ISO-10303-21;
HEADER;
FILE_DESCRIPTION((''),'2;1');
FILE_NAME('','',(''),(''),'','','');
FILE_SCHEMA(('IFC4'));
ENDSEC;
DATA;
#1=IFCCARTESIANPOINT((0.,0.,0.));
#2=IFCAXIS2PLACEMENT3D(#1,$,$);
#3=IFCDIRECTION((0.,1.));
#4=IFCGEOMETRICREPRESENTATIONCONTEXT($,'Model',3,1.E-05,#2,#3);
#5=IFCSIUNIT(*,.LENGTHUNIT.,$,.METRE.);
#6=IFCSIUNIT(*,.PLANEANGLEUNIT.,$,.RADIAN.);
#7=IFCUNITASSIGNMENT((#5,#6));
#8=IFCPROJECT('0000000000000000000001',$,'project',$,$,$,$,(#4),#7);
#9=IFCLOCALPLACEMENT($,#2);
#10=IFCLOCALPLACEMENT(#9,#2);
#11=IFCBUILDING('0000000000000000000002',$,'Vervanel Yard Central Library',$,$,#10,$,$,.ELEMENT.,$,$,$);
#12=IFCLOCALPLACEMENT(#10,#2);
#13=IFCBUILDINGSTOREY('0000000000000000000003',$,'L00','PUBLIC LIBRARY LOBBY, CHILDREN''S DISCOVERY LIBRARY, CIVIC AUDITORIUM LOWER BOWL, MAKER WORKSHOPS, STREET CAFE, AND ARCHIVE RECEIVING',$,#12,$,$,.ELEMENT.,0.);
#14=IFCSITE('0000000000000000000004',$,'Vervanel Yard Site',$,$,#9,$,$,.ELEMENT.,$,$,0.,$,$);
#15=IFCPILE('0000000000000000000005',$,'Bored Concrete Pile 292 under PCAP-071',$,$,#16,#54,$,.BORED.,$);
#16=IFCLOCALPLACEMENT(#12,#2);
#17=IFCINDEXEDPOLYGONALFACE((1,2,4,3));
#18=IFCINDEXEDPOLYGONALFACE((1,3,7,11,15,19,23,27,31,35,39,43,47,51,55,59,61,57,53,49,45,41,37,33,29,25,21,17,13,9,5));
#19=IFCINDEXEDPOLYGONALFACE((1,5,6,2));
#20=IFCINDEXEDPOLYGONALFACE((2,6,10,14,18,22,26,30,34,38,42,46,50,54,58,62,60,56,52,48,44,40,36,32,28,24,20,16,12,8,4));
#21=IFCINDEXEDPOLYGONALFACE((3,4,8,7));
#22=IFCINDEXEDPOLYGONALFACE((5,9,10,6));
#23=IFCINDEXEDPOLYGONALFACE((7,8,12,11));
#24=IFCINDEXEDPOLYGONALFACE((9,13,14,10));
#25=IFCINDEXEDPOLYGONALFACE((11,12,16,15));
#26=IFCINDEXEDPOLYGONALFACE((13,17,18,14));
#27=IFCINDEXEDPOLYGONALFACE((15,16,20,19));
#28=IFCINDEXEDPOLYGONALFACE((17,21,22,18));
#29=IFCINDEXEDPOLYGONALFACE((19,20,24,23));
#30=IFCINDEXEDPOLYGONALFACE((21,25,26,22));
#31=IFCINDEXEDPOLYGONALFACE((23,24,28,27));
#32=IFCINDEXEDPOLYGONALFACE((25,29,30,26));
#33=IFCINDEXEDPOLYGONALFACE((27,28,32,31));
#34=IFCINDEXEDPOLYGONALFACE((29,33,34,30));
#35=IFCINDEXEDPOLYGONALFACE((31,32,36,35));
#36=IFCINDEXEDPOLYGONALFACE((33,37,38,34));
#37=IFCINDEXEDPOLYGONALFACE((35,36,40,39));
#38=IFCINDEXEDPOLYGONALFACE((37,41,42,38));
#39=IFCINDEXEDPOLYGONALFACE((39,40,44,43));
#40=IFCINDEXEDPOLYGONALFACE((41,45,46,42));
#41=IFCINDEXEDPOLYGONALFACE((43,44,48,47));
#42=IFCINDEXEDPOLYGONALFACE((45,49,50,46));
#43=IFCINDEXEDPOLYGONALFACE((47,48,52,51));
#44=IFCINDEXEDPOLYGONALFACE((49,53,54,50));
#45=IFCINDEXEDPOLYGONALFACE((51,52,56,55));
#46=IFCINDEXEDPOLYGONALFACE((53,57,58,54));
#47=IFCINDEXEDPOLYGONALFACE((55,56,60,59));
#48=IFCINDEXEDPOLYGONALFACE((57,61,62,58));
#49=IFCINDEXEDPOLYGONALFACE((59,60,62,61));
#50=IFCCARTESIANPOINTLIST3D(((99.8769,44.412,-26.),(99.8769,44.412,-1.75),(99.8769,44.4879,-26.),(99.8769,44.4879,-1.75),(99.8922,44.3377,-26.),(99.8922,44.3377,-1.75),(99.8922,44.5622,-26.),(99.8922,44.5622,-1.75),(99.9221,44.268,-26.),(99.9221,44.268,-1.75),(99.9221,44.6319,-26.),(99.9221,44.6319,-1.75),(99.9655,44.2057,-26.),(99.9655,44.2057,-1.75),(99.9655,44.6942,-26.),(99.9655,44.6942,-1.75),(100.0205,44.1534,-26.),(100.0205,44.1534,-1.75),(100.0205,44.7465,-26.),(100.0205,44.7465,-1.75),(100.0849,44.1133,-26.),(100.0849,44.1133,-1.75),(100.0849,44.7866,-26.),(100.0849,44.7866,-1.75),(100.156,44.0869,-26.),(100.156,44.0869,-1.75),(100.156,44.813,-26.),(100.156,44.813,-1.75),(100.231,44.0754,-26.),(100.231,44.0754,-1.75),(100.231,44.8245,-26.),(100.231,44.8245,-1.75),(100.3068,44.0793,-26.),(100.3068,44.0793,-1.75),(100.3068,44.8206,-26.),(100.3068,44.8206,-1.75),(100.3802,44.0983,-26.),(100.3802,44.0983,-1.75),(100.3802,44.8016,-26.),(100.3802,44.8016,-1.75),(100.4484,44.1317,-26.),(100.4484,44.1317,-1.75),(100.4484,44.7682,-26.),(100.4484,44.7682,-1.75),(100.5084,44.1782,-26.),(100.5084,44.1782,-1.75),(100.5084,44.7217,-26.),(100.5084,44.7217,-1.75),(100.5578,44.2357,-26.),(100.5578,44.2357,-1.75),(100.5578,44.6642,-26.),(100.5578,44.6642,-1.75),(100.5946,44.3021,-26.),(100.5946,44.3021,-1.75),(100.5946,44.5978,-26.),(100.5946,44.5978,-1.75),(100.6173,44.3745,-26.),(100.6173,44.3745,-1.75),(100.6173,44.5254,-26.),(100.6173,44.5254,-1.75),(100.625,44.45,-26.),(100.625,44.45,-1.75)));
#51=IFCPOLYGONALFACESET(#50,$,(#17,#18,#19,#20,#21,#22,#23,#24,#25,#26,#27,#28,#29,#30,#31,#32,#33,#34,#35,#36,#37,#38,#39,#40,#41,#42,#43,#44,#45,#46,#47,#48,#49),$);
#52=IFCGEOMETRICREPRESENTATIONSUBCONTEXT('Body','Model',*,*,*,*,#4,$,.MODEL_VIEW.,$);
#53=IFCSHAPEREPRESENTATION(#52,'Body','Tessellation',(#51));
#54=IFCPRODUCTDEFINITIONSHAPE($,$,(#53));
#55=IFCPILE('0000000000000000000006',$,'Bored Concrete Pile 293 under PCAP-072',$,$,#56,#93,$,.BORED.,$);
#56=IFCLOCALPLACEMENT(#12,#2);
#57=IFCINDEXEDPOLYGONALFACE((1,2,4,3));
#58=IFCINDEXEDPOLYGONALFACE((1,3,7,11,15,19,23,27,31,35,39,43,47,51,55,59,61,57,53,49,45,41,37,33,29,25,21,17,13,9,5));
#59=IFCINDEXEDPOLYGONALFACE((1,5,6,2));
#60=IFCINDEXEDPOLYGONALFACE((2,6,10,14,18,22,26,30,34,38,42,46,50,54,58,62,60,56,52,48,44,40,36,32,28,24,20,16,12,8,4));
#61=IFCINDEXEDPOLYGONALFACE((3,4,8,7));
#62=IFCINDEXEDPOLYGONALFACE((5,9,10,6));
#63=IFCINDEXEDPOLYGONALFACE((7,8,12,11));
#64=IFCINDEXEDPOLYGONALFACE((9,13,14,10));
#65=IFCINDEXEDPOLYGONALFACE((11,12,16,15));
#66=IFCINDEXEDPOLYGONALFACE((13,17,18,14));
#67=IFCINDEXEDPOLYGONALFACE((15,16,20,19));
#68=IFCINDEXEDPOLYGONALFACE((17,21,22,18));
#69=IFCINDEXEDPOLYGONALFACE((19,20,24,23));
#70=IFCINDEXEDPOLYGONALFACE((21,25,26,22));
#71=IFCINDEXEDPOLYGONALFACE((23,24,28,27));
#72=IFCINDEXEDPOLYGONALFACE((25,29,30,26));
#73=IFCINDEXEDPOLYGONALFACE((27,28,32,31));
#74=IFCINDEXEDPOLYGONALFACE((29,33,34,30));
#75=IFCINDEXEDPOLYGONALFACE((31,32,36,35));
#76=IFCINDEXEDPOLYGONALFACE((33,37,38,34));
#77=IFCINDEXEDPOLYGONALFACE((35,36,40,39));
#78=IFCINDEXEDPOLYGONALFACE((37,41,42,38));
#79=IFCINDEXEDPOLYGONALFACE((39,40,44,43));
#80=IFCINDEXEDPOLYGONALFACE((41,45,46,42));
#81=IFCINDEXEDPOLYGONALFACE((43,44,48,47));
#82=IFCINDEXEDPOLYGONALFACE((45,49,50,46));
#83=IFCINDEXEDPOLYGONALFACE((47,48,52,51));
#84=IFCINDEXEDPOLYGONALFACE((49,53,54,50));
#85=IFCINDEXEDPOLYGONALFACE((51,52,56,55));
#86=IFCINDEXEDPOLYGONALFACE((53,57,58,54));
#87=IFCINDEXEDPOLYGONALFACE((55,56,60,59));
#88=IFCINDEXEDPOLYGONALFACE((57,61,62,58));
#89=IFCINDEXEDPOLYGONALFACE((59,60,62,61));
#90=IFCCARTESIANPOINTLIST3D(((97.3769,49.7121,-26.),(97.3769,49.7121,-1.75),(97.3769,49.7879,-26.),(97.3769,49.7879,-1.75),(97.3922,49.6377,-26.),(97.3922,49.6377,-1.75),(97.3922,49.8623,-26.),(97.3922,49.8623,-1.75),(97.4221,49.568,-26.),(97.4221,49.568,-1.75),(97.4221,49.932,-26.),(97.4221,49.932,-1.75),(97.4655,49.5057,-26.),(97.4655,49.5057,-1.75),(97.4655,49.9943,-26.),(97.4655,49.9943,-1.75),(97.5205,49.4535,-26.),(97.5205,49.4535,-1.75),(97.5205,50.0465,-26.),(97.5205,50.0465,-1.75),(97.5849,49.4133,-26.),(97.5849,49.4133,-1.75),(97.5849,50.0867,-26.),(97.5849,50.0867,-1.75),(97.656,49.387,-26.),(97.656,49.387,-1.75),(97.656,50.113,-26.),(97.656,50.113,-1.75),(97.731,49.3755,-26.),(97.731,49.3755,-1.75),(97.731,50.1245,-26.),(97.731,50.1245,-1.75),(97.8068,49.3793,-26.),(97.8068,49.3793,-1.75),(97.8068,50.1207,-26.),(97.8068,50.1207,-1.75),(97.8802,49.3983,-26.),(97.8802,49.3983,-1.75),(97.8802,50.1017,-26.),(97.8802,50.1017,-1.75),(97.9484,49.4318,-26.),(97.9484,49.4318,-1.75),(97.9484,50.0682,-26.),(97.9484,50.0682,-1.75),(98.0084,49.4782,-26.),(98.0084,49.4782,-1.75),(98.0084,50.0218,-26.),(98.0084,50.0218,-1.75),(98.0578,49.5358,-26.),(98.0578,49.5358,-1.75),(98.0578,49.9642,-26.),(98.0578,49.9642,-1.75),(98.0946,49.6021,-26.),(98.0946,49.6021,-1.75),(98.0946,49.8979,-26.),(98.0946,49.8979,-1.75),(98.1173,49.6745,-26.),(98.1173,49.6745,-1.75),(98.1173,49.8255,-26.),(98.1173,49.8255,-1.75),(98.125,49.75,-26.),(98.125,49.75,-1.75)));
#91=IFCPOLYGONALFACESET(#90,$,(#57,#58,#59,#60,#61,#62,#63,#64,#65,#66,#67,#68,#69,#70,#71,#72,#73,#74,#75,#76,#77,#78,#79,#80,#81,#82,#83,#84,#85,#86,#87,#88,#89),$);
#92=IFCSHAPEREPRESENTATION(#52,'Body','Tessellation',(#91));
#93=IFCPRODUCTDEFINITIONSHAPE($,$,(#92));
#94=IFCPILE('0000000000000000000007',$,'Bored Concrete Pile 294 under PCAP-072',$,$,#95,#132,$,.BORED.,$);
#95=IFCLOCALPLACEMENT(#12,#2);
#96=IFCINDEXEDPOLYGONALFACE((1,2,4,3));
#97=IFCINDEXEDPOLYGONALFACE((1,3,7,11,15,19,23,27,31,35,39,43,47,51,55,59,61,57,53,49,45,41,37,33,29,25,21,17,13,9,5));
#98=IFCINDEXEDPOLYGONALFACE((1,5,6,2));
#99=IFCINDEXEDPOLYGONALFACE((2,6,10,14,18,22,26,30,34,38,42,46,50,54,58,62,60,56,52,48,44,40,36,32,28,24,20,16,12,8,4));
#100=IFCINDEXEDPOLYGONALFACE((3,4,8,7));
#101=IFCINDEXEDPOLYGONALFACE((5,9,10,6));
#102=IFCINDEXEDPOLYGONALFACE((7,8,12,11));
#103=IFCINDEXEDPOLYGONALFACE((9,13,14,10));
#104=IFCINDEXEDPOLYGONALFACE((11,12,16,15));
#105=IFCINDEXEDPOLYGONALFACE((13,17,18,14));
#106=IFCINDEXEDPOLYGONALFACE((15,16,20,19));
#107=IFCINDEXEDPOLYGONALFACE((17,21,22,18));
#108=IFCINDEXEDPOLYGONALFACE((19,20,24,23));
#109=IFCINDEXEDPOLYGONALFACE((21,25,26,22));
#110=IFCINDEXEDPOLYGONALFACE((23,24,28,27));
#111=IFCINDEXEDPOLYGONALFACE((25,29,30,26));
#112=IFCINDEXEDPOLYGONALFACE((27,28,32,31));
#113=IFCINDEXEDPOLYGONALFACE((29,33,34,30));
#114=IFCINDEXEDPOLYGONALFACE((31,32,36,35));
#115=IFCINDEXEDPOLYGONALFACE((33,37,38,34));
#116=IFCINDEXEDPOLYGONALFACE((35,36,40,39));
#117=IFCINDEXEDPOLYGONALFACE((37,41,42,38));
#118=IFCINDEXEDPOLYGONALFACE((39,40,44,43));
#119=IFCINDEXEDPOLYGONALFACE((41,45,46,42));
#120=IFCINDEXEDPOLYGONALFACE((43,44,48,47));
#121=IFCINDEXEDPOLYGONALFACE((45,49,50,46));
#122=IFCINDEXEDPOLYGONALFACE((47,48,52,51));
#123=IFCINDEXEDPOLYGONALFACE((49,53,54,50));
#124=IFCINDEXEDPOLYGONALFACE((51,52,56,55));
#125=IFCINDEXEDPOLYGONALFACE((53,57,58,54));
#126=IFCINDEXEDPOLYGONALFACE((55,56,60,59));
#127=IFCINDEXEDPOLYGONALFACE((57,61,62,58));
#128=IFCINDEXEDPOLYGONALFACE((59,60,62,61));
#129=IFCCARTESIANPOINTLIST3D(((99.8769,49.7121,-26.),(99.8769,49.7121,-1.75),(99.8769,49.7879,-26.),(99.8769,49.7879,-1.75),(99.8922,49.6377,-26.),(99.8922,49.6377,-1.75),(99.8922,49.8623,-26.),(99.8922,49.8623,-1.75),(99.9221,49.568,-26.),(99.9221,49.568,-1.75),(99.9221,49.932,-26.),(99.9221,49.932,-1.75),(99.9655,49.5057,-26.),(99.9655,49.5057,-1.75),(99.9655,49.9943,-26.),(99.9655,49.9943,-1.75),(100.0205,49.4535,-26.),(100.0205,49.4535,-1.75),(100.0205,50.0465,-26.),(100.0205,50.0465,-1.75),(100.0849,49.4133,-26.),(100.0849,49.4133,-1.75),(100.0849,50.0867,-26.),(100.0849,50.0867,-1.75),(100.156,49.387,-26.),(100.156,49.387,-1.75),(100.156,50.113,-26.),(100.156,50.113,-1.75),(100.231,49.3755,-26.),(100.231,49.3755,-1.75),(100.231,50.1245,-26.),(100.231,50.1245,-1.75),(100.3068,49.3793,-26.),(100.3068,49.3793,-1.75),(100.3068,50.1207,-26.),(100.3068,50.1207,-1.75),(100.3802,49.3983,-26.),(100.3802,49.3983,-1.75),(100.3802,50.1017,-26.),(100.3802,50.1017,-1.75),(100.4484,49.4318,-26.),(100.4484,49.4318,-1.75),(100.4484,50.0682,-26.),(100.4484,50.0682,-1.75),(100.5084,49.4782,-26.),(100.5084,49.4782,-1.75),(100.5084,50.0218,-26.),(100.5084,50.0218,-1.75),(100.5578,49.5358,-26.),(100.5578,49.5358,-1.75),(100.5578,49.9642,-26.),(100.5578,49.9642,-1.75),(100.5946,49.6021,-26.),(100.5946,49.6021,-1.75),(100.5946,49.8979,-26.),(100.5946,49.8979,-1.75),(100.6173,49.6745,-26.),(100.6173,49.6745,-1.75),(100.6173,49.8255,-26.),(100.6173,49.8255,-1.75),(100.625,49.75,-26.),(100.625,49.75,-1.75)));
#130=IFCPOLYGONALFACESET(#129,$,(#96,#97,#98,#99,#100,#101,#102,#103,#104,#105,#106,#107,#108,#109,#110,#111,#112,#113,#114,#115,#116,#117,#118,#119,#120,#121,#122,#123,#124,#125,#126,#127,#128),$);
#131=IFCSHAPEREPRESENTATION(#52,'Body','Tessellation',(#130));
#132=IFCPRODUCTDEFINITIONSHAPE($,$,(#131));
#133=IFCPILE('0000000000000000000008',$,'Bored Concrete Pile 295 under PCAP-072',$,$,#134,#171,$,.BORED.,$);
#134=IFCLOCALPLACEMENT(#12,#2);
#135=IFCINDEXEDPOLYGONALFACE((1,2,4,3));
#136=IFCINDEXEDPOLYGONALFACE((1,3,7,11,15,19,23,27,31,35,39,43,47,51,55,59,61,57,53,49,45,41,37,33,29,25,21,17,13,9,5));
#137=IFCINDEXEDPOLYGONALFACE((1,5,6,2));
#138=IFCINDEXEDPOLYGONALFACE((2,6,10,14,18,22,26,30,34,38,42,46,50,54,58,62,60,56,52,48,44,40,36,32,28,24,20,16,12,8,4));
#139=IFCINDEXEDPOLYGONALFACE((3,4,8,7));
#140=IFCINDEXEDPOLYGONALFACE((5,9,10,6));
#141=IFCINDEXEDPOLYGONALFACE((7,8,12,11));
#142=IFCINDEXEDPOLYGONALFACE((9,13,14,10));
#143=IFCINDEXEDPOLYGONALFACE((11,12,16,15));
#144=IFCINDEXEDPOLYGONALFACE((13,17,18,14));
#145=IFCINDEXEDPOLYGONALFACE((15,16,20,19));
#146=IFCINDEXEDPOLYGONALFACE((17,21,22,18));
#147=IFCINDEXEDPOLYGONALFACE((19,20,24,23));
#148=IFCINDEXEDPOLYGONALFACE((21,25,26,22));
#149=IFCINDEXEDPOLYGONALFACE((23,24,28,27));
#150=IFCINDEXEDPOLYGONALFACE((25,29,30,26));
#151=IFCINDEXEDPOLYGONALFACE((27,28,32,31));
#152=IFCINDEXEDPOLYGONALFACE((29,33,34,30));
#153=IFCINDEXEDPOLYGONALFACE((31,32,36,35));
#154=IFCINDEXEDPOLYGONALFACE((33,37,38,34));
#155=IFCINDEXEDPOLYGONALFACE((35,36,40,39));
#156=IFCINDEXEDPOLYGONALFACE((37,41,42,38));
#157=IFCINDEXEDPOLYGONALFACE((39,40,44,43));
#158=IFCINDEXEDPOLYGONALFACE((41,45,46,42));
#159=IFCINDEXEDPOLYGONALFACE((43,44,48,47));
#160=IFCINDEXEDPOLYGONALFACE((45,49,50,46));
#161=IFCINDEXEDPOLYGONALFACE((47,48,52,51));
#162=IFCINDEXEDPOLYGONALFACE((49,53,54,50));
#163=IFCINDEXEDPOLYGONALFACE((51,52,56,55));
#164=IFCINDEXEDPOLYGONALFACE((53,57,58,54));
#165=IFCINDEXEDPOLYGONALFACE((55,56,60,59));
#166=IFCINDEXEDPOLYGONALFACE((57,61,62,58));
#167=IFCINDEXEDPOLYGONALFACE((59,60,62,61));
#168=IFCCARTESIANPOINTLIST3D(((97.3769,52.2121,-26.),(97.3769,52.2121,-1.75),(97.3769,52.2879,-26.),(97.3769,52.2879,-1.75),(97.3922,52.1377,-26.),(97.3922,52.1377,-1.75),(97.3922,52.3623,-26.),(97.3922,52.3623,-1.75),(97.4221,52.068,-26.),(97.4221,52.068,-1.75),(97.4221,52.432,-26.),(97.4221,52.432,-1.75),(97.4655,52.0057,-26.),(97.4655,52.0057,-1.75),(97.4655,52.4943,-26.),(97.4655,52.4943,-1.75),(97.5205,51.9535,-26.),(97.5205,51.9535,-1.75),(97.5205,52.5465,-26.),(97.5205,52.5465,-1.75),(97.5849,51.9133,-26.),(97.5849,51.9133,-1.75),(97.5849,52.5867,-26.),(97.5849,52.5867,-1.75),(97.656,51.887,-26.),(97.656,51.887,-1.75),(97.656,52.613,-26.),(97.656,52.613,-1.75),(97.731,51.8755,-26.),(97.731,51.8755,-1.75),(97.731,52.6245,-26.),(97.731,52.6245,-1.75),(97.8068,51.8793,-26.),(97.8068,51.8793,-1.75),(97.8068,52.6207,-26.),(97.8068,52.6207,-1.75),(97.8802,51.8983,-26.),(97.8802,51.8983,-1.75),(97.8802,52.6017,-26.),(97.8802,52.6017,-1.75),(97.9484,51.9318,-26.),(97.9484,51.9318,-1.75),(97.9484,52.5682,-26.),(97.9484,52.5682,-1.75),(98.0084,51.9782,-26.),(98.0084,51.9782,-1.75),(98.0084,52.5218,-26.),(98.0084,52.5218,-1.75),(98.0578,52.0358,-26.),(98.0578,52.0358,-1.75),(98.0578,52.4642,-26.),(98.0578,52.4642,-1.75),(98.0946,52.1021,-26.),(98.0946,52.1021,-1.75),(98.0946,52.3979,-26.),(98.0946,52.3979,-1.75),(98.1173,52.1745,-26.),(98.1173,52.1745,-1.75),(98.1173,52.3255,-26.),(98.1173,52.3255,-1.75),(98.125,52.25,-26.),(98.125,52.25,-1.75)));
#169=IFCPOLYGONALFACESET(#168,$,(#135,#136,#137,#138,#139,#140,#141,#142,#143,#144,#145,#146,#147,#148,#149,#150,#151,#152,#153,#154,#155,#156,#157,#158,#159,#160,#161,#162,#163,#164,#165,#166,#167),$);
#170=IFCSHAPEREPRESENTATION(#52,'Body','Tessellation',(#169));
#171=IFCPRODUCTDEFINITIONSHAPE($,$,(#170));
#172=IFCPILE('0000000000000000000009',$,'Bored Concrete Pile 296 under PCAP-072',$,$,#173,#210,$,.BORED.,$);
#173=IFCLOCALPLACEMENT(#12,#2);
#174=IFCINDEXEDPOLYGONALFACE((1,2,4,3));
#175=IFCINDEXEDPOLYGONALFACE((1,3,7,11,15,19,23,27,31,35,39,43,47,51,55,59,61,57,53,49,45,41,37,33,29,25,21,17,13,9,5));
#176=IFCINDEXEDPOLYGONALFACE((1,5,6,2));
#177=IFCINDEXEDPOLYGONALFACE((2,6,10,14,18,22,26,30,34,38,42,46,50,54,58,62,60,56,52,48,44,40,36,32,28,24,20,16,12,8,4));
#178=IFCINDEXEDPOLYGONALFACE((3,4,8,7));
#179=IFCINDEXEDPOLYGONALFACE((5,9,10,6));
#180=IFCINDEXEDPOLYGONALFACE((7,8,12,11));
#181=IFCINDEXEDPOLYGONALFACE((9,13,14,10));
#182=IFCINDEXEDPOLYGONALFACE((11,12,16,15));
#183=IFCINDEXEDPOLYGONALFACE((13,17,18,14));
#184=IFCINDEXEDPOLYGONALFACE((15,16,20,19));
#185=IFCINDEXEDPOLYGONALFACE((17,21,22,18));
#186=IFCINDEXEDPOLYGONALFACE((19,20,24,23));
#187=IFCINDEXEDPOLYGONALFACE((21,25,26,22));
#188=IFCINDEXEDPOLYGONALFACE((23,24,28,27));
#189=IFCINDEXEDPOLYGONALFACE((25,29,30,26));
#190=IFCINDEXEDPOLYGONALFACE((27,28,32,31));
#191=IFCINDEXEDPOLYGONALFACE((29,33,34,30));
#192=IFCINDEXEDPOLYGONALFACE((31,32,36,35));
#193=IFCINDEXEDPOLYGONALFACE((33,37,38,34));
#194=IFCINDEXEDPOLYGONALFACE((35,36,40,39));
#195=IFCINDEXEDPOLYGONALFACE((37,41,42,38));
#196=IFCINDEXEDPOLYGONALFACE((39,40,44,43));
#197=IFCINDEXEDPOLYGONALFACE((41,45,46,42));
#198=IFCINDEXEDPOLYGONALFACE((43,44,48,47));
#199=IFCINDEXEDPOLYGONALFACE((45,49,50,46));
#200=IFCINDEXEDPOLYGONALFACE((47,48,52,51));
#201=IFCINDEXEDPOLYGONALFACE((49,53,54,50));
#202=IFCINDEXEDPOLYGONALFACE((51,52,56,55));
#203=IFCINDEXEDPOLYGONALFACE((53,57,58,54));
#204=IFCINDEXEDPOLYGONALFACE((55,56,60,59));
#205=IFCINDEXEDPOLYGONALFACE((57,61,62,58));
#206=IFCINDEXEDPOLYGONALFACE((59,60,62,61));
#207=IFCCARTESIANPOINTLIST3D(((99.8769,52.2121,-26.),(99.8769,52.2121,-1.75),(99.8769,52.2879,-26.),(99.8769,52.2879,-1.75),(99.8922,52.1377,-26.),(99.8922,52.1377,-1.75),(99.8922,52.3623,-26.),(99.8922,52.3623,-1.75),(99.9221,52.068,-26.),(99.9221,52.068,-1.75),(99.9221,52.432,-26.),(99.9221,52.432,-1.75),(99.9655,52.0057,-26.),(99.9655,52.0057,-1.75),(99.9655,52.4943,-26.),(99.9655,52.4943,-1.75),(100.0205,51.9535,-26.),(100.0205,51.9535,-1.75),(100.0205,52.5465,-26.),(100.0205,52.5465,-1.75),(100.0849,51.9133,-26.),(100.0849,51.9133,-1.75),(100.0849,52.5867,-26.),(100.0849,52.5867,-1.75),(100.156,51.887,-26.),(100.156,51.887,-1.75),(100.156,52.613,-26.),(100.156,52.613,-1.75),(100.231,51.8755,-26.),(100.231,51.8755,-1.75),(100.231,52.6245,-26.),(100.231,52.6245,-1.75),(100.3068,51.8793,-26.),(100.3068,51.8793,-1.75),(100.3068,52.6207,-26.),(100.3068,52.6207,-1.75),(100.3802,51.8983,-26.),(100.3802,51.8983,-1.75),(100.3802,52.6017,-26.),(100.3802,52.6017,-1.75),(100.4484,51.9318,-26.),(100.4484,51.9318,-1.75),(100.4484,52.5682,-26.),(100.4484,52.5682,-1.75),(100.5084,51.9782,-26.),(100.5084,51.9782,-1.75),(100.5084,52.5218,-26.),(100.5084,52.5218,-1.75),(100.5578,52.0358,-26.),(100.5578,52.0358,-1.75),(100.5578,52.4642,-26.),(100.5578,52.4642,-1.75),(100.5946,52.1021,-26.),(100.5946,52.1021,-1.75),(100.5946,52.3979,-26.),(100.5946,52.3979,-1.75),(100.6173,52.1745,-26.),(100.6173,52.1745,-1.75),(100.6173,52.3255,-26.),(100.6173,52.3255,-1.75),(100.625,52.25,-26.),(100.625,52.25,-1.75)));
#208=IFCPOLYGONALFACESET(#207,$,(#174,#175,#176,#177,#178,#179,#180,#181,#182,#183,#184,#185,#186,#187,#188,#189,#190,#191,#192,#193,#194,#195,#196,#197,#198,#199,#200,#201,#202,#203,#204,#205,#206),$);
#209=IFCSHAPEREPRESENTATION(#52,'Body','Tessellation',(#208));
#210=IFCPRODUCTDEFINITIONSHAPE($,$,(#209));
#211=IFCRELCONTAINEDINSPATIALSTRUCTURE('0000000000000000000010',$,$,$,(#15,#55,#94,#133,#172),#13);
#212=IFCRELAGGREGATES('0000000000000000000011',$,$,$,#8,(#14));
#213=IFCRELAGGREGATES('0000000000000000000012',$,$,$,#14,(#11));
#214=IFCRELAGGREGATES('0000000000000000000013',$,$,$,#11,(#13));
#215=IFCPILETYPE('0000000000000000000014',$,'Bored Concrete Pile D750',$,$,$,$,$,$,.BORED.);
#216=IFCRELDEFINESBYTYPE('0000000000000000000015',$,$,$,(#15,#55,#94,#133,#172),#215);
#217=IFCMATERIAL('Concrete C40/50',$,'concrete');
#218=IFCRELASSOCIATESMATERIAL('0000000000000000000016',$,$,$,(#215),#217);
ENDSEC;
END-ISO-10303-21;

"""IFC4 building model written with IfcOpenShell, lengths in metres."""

from ifc_helpers import new_model, si_unit, direction, frame, origin, origin_2d, place, context, subcontext, project, spatial, circle, extrude, material, material_profile, profile_set, type_object, element, save


model = new_model("IFC4")

# Units and contexts
model_context = context("Model", 3, precision=1e-05, world=origin(), true_north=direction((0.0, 1.0)))
body_context = subcontext(model_context, "Body", "Model", "MODEL_VIEW")
ifc_project = project(units=[si_unit("LENGTHUNIT", "METRE"), si_unit("PLANEANGLEUNIT", "RADIAN")], contexts=[model_context])

# Site, building, storey
site_placement = place(None, origin())
site = spatial("IfcSite", under=ifc_project, at=site_placement, Name="Vervanel Yard Site", CompositionType="ELEMENT", RefElevation=0.0)
building_placement = place(site_placement, origin())
building = spatial("IfcBuilding", under=site, at=building_placement, Name="Vervanel Yard Central Library", CompositionType="ELEMENT")
storey_placement = place(building_placement, origin())
storey = spatial("IfcBuildingStorey", under=building, at=storey_placement, Name="L00", Description="PUBLIC LIBRARY LOBBY, CHILDREN'S DISCOVERY LIBRARY, CIVIC AUDITORIUM LOWER BOWL, MAKER WORKSHOPS, STREET CAFE, AND ARCHIVE RECEIVING", CompositionType="ELEMENT", Elevation=0.0)

# Piles
ifc_material_1 = material(Name="Concrete C40/50", Category="concrete")
ifc_material_profile_1 = material_profile(ifc_material_1, circle(Radius=0.375, at=origin_2d()), Name="BP D750", Category="concrete")
ifc_profile_set_1 = profile_set([ifc_material_profile_1], Name="Concrete C40/50")
pile_type_1 = type_object("IfcPileType", Name="Bored Concrete Pile D750", PredefinedType="BORED", material=ifc_profile_set_1)
for number, where, z_axis, x_axis, name in (
    (1, (100.25, 44.45, -1.75), (0.0, 0.0, -1.0), (1.0, 0.0, 0.0), "Bored Concrete Pile 292 under PCAP-071"),
    (2, (97.75, 49.75, -1.75), (0.0, 0.0, -1.0), (1.0, 0.0, 0.0), "Bored Concrete Pile 293 under PCAP-072"),
    (3, (100.25, 49.75, -1.75), (0.0, 0.0, -1.0), (1.0, 0.0, 0.0), "Bored Concrete Pile 294 under PCAP-072"),
    (4, (97.75, 52.25, -1.75), (0.0, 0.0, -1.0), (1.0, 0.0, 0.0), "Bored Concrete Pile 295 under PCAP-072"),
    (5, (100.25, 52.25, -1.75), (0.0, 0.0, -1.0), (1.0, 0.0, 0.0), "Bored Concrete Pile 296 under PCAP-072"),
):
    element("IfcPile", number, at=place(storey_placement, frame(where, z_axis=z_axis, x_axis=x_axis)), inside=storey, type_object=pile_type_1, Name=name, PredefinedType="BORED", context=body_context, shape_type="SweptSolid", body=[
        extrude(circle(Radius=0.375, at=origin_2d()), origin(), (0.0, 0.0, 1.0), 24.25),
    ])

save(model, "model.ifc")
